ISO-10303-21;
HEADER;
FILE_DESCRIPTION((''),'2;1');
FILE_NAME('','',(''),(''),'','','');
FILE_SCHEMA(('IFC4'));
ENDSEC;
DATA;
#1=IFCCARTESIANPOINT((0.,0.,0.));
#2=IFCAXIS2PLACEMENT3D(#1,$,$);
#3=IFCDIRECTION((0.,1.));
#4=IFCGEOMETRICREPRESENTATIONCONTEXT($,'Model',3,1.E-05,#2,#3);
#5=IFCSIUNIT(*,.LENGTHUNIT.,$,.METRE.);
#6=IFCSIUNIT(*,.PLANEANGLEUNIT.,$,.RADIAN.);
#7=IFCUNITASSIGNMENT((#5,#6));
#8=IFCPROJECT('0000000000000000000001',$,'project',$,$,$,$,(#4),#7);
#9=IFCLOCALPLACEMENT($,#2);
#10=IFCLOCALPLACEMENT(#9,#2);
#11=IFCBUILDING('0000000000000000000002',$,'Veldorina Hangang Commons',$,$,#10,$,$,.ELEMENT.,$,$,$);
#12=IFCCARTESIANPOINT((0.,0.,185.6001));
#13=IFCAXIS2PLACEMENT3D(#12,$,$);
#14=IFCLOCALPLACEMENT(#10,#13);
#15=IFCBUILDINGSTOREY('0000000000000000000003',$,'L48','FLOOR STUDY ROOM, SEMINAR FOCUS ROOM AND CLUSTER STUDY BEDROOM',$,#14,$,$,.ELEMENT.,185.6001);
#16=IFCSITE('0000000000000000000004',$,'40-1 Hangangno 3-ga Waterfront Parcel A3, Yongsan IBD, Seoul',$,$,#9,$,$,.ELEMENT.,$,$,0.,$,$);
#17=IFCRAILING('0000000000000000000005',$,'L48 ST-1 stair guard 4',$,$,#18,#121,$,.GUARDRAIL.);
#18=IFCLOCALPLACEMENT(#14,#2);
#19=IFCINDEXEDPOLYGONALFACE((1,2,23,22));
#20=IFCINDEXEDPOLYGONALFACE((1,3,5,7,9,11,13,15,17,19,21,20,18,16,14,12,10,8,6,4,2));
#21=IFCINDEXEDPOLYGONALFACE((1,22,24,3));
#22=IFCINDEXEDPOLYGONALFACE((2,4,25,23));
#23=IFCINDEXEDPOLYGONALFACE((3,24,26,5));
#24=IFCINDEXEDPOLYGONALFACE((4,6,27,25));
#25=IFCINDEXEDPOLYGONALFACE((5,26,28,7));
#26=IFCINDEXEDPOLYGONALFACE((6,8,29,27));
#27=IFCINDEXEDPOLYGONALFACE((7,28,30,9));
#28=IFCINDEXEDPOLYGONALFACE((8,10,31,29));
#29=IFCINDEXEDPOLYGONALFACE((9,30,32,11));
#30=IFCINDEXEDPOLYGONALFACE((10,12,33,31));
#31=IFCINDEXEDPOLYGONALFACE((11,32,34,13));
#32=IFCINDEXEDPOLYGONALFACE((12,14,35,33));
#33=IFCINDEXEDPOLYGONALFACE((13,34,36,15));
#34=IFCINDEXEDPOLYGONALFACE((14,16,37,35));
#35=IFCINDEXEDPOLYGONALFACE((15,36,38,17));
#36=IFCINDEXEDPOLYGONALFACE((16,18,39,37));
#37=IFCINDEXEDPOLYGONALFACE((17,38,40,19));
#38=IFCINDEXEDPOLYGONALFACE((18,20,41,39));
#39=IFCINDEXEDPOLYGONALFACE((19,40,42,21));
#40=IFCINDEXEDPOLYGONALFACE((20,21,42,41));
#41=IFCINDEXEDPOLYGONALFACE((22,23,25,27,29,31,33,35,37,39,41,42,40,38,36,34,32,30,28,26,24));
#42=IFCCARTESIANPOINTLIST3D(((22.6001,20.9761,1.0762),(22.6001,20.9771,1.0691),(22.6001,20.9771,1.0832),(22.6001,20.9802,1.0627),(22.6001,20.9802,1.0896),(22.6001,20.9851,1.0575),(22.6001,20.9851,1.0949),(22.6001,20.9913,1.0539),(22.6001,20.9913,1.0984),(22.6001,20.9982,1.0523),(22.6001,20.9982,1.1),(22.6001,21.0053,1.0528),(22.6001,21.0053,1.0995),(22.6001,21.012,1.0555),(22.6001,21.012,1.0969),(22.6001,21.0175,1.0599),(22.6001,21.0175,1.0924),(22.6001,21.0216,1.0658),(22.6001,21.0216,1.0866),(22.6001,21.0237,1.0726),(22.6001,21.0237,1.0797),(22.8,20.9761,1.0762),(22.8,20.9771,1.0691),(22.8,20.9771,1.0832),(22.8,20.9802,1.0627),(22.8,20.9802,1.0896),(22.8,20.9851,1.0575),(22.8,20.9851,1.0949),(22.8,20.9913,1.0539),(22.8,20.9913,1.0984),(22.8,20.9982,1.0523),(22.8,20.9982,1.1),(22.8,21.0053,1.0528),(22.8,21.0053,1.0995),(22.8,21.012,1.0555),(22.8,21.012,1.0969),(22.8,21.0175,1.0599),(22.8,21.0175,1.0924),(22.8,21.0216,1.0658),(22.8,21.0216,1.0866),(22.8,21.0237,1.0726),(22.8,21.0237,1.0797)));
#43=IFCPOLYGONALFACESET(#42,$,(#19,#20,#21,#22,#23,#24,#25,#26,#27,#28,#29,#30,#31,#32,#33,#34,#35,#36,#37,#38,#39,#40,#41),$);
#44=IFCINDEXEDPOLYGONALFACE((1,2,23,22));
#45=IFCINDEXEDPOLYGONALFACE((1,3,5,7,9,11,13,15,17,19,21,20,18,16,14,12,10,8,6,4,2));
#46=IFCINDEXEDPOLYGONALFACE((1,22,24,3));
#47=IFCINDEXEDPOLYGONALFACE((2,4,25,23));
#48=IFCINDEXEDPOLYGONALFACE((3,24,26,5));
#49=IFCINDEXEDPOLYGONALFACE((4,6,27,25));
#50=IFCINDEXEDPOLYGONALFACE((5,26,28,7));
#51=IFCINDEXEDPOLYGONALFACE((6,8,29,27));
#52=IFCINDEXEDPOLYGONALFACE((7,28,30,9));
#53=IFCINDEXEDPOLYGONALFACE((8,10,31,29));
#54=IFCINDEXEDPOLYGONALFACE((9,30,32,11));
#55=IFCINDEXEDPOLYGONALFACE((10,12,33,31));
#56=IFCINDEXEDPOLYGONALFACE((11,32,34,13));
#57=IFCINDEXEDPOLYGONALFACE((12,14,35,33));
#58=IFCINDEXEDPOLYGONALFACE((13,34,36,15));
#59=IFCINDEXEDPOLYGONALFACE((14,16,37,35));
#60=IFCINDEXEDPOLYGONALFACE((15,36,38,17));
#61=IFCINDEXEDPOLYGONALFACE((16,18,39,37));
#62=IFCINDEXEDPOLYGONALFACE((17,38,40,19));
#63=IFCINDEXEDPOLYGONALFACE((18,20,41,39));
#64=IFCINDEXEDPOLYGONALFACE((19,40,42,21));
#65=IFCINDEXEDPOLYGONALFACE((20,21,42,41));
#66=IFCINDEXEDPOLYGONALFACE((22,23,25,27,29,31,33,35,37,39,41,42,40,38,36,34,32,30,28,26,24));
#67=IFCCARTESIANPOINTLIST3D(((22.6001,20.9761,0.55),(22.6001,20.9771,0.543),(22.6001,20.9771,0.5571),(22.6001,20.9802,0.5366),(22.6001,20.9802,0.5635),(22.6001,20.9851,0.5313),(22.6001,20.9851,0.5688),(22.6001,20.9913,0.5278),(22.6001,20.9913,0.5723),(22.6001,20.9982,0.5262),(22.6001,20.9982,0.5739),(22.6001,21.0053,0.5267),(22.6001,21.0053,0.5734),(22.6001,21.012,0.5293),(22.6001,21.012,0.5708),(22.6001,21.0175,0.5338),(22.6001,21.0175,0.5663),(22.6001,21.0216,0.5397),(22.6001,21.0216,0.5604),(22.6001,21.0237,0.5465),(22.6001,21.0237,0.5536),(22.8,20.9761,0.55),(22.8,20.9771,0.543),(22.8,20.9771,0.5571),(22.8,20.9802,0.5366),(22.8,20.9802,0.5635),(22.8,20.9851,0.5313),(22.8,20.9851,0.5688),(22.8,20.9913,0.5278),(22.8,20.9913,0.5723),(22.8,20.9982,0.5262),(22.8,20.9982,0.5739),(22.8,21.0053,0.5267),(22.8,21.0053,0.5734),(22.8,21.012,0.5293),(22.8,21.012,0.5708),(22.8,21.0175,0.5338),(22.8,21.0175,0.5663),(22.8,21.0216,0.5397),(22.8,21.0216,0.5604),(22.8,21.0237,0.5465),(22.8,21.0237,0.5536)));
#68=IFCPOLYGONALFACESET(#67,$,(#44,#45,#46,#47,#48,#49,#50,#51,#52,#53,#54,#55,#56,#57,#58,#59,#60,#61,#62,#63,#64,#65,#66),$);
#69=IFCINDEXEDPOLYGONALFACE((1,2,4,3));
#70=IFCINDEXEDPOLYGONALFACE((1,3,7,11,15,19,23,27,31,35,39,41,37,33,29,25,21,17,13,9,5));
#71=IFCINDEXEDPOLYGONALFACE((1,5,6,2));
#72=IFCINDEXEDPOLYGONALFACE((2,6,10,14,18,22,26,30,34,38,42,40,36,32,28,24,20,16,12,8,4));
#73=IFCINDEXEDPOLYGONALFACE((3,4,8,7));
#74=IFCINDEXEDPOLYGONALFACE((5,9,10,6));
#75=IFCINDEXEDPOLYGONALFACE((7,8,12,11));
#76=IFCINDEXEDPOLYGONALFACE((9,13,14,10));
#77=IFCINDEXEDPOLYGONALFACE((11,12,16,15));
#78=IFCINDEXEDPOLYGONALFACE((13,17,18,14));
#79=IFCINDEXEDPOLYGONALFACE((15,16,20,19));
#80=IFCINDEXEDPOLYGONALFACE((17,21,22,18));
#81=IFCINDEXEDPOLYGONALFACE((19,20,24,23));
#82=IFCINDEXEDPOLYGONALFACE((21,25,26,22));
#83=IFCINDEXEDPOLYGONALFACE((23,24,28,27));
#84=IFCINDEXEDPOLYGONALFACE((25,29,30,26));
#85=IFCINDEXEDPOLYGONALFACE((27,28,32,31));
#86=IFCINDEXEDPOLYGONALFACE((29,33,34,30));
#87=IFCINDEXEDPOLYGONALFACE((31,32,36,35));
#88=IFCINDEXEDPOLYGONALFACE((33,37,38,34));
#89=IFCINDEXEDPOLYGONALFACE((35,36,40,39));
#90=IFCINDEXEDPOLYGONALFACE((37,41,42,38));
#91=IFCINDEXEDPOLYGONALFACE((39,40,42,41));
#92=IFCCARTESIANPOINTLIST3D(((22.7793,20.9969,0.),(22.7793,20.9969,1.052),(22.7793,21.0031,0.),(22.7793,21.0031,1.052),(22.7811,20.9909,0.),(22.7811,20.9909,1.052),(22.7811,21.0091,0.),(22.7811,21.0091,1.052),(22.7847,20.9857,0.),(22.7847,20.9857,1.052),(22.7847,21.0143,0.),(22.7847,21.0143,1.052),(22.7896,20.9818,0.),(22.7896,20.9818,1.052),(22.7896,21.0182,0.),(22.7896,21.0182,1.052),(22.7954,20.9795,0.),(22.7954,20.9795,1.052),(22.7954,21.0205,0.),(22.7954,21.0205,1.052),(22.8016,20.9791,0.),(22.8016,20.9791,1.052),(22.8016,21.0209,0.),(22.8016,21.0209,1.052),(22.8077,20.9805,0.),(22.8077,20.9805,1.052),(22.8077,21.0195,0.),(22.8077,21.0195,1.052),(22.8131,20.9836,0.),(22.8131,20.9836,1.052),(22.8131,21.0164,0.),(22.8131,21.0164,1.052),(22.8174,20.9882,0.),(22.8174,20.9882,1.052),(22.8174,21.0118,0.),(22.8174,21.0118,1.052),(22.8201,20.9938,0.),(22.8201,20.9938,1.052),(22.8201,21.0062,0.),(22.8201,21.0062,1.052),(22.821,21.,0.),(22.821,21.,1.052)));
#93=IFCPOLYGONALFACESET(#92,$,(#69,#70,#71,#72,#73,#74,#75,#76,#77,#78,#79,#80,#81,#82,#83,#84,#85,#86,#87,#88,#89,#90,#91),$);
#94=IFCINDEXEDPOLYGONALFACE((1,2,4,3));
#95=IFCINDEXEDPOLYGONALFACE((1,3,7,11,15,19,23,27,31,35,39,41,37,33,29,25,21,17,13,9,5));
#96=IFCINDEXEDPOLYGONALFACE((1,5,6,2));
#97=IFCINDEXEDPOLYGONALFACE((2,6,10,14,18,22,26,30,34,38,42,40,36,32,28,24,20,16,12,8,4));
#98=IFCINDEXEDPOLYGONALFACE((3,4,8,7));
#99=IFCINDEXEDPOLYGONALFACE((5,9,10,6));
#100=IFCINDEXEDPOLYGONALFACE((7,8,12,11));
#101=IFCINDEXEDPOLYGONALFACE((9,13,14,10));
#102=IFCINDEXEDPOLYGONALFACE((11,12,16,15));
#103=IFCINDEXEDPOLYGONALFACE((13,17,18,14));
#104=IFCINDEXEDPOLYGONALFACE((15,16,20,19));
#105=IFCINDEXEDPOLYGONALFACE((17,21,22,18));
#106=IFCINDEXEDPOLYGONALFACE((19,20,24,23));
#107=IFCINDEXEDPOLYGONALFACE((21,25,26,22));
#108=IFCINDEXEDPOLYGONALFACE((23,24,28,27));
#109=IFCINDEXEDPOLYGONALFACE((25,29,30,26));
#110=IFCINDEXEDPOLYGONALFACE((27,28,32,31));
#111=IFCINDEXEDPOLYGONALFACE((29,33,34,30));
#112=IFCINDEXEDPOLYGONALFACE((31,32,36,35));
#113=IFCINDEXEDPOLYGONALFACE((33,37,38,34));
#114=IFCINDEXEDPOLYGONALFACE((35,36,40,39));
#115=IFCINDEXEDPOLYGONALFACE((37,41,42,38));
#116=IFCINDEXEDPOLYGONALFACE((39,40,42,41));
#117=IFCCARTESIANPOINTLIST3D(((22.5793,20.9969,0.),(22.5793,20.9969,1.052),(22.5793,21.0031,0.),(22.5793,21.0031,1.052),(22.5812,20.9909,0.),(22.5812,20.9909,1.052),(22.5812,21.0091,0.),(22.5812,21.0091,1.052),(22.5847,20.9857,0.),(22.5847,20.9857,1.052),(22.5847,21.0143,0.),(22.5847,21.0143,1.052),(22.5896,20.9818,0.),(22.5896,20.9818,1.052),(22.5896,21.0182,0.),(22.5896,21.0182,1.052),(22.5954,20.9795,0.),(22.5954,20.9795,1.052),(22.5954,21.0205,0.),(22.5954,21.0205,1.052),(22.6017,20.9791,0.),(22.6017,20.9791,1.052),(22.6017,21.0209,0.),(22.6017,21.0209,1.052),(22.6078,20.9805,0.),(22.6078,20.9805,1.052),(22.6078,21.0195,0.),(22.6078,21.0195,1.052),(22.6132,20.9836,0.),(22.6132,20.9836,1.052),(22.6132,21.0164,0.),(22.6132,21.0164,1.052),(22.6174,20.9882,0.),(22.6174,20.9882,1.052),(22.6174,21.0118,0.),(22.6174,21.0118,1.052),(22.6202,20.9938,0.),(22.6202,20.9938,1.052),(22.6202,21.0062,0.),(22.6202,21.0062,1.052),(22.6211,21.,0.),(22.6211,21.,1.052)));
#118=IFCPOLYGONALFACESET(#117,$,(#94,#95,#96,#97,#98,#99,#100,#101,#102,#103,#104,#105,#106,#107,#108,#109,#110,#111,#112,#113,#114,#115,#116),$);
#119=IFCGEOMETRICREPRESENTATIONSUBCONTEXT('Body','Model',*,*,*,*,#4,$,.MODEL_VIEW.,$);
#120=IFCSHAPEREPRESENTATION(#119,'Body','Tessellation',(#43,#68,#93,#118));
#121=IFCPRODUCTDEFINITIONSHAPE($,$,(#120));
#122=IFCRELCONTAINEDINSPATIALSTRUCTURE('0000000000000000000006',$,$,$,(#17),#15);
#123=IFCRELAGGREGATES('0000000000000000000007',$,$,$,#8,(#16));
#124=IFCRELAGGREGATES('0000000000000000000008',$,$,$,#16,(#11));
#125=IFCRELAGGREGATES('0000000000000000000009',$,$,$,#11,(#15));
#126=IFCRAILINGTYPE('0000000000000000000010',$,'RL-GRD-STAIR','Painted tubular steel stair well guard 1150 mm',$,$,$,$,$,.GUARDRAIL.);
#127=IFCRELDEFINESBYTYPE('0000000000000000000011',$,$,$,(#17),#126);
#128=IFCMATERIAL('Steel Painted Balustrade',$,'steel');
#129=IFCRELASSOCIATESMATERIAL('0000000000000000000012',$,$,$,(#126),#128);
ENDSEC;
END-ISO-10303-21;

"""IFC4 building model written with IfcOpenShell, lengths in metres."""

from ifc_helpers import new_model, si_unit, direction, frame, origin, origin_2d, place, context, subcontext, project, spatial, circle, extrude, material, type_object, element, save


model = new_model("IFC4")

# Units and contexts
model_context = context("Model", 3, precision=1e-05, world=origin(), true_north=direction((0.0, 1.0)))
body_context = subcontext(model_context, "Body", "Model", "MODEL_VIEW")
ifc_project = project(units=[si_unit("LENGTHUNIT", "METRE"), si_unit("PLANEANGLEUNIT", "RADIAN")], contexts=[model_context])

# Site, building, storey
site_placement = place(None, origin())
site = spatial("IfcSite", under=ifc_project, at=site_placement, Name="40-1 Hangangno 3-ga Waterfront Parcel A3, Yongsan IBD, Seoul", CompositionType="ELEMENT", RefElevation=0.0)
building_placement = place(site_placement, origin())
building = spatial("IfcBuilding", under=site, at=building_placement, Name="Veldorina Hangang Commons", CompositionType="ELEMENT")
storey_placement = place(building_placement, frame((0.0, 0.0, 185.6001)))
storey = spatial("IfcBuildingStorey", under=building, at=storey_placement, Name="L48", Description="FLOOR STUDY ROOM, SEMINAR FOCUS ROOM AND CLUSTER STUDY BEDROOM", CompositionType="ELEMENT", Elevation=185.6001)

# Railing
ifc_material_1 = material(Name="Steel Painted Balustrade", Category="steel")
railing_type_1 = type_object("IfcRailingType", Name="RL-GRD-STAIR", Description="Painted tubular steel stair well guard 1150 mm", PredefinedType="GUARDRAIL", material=ifc_material_1)
railing_1_placement = place(storey_placement, frame((22.8, 21.0, 0.0)))
element("IfcRailing", 1, at=railing_1_placement, inside=storey, type_object=railing_type_1, Name="L48 ST-1 stair guard 4", PredefinedType="GUARDRAIL", context=body_context, shape_type="SweptSolid", body=[
    extrude(circle(Radius=0.0239, at=origin_2d()), frame((0.0, 0.0, 1.0762), z_axis=(-1.0, 0.0, 0.0), x_axis=(0.0, -1.0, 0.0)), (0.0, 0.0, 1.0), 0.2),
    extrude(circle(Radius=0.0239, at=origin_2d()), frame((0.0, 0.0, 0.55), z_axis=(-1.0, 0.0, 0.0), x_axis=(0.0, -1.0, 0.0)), (0.0, 0.0, 1.0), 0.2),
    extrude(circle(Radius=0.021, at=origin_2d()), origin(), (0.0, 0.0, 1.0), 1.052),
    extrude(circle(Radius=0.021, at=origin_2d()), frame((-0.2, 0.0, 0.0)), (0.0, 0.0, 1.0), 1.052),
])

save(model, "model.ifc")
